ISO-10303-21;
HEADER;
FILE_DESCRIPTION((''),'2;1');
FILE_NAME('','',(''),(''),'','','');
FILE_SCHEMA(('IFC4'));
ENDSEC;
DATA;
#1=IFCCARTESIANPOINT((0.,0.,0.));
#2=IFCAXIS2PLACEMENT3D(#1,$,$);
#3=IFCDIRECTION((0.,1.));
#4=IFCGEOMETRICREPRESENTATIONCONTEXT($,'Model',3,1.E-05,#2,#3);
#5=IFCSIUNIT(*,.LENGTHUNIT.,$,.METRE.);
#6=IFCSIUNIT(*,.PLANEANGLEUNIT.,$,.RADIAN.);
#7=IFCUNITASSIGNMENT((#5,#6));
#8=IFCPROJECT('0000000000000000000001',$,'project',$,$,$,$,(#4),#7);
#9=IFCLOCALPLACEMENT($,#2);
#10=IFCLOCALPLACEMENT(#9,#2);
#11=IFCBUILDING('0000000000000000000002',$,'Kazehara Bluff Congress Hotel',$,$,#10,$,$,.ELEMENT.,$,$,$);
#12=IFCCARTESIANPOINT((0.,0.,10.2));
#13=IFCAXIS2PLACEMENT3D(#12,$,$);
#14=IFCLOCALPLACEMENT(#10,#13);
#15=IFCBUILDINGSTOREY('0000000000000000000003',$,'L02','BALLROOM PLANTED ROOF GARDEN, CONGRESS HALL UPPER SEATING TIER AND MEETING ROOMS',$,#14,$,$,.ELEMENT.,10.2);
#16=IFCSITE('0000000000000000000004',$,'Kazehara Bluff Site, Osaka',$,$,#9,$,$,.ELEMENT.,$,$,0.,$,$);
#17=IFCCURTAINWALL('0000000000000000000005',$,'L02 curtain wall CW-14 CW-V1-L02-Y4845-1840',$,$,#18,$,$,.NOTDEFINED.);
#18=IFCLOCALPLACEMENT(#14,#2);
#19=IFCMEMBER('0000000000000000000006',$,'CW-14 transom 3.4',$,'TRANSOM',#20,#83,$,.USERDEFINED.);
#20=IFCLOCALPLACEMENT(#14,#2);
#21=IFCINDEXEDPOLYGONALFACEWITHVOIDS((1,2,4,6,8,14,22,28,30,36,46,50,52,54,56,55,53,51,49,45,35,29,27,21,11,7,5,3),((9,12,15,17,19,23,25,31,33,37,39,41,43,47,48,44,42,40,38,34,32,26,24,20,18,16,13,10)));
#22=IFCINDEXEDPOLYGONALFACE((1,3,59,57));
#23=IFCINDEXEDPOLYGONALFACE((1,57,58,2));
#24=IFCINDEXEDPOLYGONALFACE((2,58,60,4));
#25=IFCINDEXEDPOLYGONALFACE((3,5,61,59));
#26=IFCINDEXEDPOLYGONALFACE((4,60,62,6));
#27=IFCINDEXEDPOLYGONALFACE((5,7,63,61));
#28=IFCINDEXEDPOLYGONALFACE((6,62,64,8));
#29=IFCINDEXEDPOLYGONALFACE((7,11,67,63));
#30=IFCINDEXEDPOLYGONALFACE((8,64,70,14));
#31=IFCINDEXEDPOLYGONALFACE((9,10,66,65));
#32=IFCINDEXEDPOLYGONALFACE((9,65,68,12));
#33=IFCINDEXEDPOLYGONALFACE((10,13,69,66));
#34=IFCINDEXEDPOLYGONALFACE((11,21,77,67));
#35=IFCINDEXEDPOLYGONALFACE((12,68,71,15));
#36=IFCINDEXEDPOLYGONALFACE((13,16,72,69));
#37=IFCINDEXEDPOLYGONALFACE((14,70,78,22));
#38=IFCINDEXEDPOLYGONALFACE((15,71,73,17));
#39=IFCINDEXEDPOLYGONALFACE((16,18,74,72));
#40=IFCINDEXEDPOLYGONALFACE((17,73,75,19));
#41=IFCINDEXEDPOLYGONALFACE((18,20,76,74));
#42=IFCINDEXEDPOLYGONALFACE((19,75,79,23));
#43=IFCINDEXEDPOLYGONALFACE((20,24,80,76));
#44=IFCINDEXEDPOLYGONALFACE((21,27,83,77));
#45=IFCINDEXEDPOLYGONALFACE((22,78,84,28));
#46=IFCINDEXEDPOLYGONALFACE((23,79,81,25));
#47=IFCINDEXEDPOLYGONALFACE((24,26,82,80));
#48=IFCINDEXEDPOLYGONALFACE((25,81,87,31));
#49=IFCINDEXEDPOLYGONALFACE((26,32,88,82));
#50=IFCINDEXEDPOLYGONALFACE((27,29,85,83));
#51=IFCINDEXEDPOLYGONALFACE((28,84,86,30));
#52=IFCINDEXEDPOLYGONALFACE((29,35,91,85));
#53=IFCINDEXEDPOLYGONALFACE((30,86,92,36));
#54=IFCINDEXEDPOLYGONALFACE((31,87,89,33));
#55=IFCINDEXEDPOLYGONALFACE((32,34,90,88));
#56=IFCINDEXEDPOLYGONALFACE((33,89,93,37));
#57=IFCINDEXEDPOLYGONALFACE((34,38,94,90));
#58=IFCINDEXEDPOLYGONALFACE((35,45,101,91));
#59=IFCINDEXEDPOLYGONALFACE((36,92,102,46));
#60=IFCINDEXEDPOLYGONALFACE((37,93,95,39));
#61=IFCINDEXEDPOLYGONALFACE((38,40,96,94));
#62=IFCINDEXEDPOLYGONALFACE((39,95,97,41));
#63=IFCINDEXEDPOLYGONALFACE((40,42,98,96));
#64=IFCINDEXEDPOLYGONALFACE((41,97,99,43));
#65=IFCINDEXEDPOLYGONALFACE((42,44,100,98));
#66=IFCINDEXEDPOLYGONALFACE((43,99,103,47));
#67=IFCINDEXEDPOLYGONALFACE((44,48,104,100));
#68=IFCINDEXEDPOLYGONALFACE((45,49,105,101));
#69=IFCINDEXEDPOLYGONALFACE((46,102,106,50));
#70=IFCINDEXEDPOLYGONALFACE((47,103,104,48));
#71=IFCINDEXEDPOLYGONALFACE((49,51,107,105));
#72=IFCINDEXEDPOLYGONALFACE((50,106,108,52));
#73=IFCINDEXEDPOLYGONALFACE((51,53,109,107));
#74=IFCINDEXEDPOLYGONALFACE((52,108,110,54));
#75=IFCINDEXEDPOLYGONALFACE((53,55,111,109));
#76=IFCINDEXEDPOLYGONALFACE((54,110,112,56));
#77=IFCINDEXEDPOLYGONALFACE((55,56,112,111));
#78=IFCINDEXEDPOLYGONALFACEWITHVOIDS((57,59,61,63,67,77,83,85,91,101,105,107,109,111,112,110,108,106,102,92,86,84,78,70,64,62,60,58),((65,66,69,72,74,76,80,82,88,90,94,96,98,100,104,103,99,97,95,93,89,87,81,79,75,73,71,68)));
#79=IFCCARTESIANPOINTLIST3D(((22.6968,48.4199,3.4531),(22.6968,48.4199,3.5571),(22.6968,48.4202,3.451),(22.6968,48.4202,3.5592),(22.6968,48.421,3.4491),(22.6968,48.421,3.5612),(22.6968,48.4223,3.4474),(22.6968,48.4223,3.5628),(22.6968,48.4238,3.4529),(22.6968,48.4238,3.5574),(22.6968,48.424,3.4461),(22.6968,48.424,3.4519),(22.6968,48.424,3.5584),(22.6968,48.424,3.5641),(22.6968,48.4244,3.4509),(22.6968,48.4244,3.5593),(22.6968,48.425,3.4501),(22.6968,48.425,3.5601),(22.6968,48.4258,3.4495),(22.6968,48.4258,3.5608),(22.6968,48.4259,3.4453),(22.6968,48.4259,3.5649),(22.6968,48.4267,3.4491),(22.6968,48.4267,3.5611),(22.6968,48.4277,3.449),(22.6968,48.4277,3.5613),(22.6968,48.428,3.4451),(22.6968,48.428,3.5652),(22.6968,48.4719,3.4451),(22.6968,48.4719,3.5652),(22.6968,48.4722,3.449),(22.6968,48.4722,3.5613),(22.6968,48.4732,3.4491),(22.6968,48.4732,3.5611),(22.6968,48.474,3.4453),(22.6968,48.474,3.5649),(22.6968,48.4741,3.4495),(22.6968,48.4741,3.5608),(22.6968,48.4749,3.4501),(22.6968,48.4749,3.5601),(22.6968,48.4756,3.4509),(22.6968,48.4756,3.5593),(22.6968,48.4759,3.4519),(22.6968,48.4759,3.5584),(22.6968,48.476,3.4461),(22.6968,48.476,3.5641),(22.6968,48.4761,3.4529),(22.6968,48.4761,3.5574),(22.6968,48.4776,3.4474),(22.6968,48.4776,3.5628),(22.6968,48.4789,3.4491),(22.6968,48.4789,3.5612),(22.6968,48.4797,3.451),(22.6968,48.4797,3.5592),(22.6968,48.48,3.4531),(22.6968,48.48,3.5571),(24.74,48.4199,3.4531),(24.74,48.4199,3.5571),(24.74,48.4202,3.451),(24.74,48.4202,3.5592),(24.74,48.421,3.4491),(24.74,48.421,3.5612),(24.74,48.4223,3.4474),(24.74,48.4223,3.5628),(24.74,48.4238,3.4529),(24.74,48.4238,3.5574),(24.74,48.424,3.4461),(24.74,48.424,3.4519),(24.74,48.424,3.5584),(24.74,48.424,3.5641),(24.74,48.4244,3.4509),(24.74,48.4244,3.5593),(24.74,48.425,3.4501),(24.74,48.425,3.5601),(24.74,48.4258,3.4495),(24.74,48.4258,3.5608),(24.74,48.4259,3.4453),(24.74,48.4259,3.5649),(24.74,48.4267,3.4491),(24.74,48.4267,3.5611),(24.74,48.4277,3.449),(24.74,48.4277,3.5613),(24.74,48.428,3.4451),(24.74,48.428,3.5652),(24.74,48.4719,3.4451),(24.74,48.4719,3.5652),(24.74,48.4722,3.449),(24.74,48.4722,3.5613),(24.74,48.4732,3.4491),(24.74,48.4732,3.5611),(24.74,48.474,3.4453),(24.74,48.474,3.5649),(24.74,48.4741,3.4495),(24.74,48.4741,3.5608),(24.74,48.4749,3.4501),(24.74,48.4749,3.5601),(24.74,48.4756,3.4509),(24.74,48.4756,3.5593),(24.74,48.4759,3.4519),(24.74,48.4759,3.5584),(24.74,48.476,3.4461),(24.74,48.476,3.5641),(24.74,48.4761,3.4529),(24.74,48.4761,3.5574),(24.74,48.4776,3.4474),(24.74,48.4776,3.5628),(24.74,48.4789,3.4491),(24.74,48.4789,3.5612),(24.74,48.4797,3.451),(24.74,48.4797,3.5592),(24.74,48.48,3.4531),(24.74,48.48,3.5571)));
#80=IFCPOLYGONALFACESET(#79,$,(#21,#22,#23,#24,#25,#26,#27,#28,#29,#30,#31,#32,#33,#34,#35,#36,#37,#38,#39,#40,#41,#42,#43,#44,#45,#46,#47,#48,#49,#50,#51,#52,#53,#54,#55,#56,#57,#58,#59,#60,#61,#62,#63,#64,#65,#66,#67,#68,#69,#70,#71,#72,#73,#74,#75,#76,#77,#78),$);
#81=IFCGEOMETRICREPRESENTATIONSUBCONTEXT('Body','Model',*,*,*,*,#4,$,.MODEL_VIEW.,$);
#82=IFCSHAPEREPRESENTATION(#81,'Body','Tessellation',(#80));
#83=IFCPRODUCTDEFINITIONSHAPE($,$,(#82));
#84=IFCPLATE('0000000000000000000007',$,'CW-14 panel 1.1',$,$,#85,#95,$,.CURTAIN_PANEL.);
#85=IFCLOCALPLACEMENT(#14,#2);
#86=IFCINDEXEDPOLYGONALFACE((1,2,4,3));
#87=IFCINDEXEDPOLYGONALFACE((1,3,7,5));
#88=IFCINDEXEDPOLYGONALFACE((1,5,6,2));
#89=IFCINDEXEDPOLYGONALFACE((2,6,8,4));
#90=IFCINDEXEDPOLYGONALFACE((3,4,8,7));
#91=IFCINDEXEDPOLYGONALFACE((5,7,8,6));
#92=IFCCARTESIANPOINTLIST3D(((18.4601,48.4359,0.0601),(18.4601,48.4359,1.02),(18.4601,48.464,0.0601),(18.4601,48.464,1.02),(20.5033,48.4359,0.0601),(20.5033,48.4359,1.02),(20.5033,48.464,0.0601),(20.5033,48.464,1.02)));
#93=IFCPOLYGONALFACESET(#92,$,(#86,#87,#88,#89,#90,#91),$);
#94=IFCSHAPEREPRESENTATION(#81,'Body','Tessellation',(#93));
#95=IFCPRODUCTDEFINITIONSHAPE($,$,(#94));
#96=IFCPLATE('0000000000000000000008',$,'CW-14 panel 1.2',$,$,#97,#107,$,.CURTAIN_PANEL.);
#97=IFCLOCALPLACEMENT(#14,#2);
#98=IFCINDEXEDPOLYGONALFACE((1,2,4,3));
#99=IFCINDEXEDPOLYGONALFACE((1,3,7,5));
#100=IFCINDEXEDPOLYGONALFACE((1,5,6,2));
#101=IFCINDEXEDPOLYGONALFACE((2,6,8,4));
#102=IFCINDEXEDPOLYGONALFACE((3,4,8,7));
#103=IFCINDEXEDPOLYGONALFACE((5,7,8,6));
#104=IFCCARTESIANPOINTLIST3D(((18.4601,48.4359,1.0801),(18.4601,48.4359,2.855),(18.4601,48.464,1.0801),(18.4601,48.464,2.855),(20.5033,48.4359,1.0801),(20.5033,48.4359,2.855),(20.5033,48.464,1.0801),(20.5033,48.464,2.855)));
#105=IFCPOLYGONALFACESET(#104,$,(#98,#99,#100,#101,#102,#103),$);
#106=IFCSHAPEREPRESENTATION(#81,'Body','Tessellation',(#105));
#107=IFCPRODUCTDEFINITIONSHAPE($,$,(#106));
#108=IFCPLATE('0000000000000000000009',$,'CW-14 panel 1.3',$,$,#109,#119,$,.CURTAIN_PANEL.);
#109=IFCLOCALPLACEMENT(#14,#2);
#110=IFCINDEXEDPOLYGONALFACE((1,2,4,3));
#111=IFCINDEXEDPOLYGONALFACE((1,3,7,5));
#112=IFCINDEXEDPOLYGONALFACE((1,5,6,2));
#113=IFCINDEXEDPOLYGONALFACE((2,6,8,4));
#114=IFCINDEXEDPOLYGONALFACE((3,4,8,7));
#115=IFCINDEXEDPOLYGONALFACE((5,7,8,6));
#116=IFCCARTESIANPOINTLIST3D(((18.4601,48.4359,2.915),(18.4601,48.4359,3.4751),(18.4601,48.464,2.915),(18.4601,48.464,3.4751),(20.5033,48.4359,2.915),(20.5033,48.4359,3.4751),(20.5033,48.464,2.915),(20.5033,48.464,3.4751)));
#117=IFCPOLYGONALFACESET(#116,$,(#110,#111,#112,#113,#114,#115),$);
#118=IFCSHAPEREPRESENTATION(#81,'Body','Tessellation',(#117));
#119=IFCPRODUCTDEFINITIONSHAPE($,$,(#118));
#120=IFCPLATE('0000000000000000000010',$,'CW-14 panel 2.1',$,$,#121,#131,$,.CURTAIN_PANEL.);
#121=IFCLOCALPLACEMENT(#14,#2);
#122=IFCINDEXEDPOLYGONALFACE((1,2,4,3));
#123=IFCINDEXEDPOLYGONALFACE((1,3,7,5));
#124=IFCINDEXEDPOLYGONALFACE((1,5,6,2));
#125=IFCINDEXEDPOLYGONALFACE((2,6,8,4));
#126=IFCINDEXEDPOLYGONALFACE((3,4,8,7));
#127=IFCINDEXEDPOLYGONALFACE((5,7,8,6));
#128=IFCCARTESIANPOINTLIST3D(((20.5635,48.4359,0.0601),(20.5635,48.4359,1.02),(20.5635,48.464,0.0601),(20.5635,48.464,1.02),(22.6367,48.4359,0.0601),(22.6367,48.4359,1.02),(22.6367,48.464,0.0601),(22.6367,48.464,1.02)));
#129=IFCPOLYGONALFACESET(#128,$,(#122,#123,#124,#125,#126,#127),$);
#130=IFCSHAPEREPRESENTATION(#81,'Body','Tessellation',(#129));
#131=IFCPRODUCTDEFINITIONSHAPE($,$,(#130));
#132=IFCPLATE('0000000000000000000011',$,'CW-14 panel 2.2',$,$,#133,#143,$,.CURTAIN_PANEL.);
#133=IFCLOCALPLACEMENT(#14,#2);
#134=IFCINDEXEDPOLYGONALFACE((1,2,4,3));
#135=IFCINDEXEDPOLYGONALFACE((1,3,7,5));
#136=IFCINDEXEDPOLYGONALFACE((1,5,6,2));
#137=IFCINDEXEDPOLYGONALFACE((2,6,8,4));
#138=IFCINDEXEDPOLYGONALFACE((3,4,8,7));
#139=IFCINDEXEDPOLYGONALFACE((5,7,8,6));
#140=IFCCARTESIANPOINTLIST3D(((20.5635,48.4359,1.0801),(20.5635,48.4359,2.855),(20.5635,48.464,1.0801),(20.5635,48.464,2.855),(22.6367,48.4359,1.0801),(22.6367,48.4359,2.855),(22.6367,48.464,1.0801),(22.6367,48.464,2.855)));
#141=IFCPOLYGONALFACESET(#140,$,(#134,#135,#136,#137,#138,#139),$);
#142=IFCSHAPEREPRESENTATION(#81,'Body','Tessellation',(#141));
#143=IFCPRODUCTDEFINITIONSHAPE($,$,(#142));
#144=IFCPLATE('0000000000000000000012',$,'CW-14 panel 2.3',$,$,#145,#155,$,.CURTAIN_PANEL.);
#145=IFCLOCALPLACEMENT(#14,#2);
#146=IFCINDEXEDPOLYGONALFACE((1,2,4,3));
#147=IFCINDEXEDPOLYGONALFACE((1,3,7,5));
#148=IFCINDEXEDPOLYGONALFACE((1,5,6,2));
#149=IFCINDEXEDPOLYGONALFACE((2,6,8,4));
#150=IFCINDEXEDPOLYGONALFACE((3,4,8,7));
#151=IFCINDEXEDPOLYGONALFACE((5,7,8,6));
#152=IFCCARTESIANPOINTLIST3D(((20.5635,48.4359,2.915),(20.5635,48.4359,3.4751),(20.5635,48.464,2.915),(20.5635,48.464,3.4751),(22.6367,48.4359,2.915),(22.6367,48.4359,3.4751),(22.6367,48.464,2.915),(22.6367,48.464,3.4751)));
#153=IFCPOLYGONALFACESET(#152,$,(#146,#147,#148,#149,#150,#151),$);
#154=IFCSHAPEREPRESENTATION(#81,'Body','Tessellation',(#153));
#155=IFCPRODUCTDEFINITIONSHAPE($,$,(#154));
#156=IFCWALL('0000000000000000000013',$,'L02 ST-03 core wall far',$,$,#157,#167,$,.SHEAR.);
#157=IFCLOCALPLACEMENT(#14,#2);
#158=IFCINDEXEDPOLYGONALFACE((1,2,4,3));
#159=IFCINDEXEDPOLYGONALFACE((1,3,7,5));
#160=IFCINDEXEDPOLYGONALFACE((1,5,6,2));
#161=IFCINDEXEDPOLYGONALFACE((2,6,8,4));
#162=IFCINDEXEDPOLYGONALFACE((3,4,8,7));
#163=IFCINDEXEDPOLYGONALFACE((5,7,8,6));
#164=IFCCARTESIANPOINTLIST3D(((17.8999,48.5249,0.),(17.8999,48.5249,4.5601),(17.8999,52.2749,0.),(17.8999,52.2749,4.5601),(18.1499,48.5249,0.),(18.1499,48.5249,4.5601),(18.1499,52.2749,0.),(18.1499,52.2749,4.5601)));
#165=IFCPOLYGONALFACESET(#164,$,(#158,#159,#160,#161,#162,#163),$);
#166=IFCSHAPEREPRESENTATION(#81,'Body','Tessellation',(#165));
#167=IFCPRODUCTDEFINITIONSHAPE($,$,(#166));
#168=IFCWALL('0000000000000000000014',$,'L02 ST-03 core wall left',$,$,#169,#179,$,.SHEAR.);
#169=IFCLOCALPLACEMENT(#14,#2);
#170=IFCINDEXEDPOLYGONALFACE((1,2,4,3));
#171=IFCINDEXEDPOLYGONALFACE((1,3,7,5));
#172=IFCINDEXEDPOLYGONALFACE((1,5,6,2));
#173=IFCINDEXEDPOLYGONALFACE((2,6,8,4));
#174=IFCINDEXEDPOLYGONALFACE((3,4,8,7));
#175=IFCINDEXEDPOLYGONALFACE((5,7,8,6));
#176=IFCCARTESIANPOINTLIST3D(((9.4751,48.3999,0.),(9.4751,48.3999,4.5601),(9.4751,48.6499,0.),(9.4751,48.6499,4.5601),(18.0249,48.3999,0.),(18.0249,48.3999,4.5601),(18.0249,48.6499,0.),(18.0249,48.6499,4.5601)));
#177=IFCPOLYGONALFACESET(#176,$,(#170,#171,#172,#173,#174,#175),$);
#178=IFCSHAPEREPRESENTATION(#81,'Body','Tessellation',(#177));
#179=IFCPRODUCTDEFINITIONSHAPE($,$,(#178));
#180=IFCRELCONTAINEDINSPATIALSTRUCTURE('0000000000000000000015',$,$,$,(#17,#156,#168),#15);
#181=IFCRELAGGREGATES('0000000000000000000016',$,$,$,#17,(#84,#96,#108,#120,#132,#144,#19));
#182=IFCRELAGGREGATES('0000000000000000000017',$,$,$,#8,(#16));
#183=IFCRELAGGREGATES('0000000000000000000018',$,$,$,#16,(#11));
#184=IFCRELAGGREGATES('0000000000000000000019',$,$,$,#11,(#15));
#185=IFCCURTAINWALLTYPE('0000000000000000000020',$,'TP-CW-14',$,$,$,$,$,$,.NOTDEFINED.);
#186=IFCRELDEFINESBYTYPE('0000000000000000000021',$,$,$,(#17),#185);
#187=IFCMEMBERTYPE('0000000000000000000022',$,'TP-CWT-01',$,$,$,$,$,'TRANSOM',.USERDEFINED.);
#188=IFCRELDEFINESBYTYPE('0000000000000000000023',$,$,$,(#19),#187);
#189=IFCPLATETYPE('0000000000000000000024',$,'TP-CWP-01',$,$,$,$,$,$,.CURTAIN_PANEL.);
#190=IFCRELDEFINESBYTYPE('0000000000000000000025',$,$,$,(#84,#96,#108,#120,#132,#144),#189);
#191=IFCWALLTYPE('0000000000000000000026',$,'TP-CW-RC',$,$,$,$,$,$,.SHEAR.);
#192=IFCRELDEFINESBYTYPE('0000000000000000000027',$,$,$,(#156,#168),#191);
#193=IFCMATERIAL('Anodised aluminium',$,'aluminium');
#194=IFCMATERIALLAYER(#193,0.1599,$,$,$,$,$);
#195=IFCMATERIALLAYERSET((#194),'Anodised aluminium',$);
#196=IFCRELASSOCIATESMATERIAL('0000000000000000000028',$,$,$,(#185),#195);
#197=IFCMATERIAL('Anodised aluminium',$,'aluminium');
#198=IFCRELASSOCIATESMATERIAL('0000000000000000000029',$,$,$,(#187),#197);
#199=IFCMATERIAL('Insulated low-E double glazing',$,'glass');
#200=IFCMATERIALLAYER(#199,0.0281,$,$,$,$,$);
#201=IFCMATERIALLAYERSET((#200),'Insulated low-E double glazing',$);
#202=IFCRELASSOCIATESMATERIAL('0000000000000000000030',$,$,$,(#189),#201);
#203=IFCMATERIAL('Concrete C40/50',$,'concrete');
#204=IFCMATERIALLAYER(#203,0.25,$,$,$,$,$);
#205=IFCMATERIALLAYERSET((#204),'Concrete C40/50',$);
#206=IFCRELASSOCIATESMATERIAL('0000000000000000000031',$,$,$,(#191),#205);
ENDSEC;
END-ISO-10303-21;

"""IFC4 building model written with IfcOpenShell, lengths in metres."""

from ifc_helpers import new_model, si_unit, direction, frame, frame_2d, origin, origin_2d, place, context, subcontext, project, spatial, rectangle, hollow_rectangle, extrude, material, layer, layer_set, material_profile, profile_set, type_object, element, aggregate, save


model = new_model("IFC4")

# Units and contexts
model_context = context("Model", 3, precision=1e-05, world=origin(), true_north=direction((0.0, 1.0)))
body_context = subcontext(model_context, "Body", "Model", "MODEL_VIEW")
ifc_project = project(units=[si_unit("LENGTHUNIT", "METRE"), si_unit("PLANEANGLEUNIT", "RADIAN")], contexts=[model_context])

# Site, building, storey
site_placement = place(None, origin())
site = spatial("IfcSite", under=ifc_project, at=site_placement, Name="Kazehara Bluff Site, Osaka", CompositionType="ELEMENT", RefElevation=0.0)
building_placement = place(site_placement, origin())
building = spatial("IfcBuilding", under=site, at=building_placement, Name="Kazehara Bluff Congress Hotel", CompositionType="ELEMENT")
storey_placement = place(building_placement, frame((0.0, 0.0, 10.2)))
storey = spatial("IfcBuildingStorey", under=building, at=storey_placement, Name="L02", Description="BALLROOM PLANTED ROOF GARDEN, CONGRESS HALL UPPER SEATING TIER AND MEETING ROOMS", CompositionType="ELEMENT", Elevation=10.2)

# Curtain wall, member, plates
ifc_material_1 = material(Name="Anodised aluminium", Category="aluminium")
ifc_layer_1 = layer(ifc_material_1, 0.1599)
ifc_layer_set_1 = layer_set([ifc_layer_1], Name="Anodised aluminium")
curtain_wall_type = type_object("IfcCurtainWallType", Name="TP-CW-14", PredefinedType="NOTDEFINED", material=ifc_layer_set_1)
curtain_wall_placement = place(storey_placement, origin())
curtain_wall = element("IfcCurtainWall", 1, at=curtain_wall_placement, inside=storey, type_object=curtain_wall_type, Name="L02 curtain wall CW-14 CW-V1-L02-Y4845-1840", PredefinedType="NOTDEFINED")
ifc_material_2 = material(Name="Anodised aluminium", Category="aluminium")
ifc_material_profile_1 = material_profile(ifc_material_2, hollow_rectangle(XDim=0.0601, YDim=0.1201, WallThickness=0.0039, InnerFilletRadius=0.0039, OuterFilletRadius=0.0081, at=origin_2d()))
ifc_profile_set_1 = profile_set([ifc_material_profile_1], Name="Anodised aluminium")
member_type_1 = type_object("IfcMemberType", Name="TP-CWT-01", ElementType="TRANSOM", PredefinedType="USERDEFINED", material=ifc_profile_set_1)
member_1_placement = place(storey_placement, frame((22.6968, 48.45, 3.5051), z_axis=(1.0, 0.0, 0.0), x_axis=(0.0, 1.0, 0.0)))
member_1 = element("IfcMember", 2, at=member_1_placement, type_object=member_type_1, Name="CW-14 transom 3.4", ObjectType="TRANSOM", PredefinedType="USERDEFINED", context=body_context, shape_type="SweptSolid", body=[
    extrude(hollow_rectangle(XDim=0.0601, YDim=0.1201, WallThickness=0.0039, InnerFilletRadius=0.0039, OuterFilletRadius=0.0081, at=origin_2d()), origin(), (0.0, 0.0, 1.0), 2.0432),
])
ifc_material_3 = material(Name="Insulated low-E double glazing", Category="glass")
ifc_layer_2 = layer(ifc_material_3, 0.0281)
ifc_layer_set_2 = layer_set([ifc_layer_2], Name="Insulated low-E double glazing")
plate_type = type_object("IfcPlateType", Name="TP-CWP-01", PredefinedType="CURTAIN_PANEL", material=ifc_layer_set_2)
plate_1_placement = place(storey_placement, frame((19.4817, 48.45, 0.0601), z_axis=(0.0, 0.0, 1.0), x_axis=(1.0, 0.0, 0.0)))
plate_1 = element("IfcPlate", 3, at=plate_1_placement, type_object=plate_type, Name="CW-14 panel 1.1", PredefinedType="CURTAIN_PANEL", context=body_context, shape_type="SweptSolid", body=[
    extrude(rectangle(XDim=2.0432, YDim=0.0281, at=origin_2d()), origin(), (0.0, 0.0, 1.0), 0.96),
])
plate_2_placement = place(storey_placement, frame((19.4817, 48.45, 1.0801), z_axis=(0.0, 0.0, 1.0), x_axis=(1.0, 0.0, 0.0)))
plate_2 = element("IfcPlate", 4, at=plate_2_placement, type_object=plate_type, Name="CW-14 panel 1.2", PredefinedType="CURTAIN_PANEL", context=body_context, shape_type="SweptSolid", body=[
    extrude(rectangle(XDim=2.0432, YDim=0.0281, at=origin_2d()), origin(), (0.0, 0.0, 1.0), 1.7749),
])
plate_3_placement = place(storey_placement, frame((19.4817, 48.45, 2.915), z_axis=(0.0, 0.0, 1.0), x_axis=(1.0, 0.0, 0.0)))
plate_3 = element("IfcPlate", 5, at=plate_3_placement, type_object=plate_type, Name="CW-14 panel 1.3", PredefinedType="CURTAIN_PANEL", context=body_context, shape_type="SweptSolid", body=[
    extrude(rectangle(XDim=2.0432, YDim=0.0281, at=origin_2d()), origin(), (0.0, 0.0, 1.0), 0.5601),
])
plate_4_placement = place(storey_placement, frame((21.6001, 48.45, 0.0601), z_axis=(0.0, 0.0, 1.0), x_axis=(1.0, 0.0, 0.0)))
plate_4 = element("IfcPlate", 6, at=plate_4_placement, type_object=plate_type, Name="CW-14 panel 2.1", PredefinedType="CURTAIN_PANEL", context=body_context, shape_type="SweptSolid", body=[
    extrude(rectangle(XDim=2.0732, YDim=0.0281, at=origin_2d()), origin(), (0.0, 0.0, 1.0), 0.96),
])
plate_5_placement = place(storey_placement, frame((21.6001, 48.45, 1.0801), z_axis=(0.0, 0.0, 1.0), x_axis=(1.0, 0.0, 0.0)))
plate_5 = element("IfcPlate", 7, at=plate_5_placement, type_object=plate_type, Name="CW-14 panel 2.2", PredefinedType="CURTAIN_PANEL", context=body_context, shape_type="SweptSolid", body=[
    extrude(rectangle(XDim=2.0732, YDim=0.0281, at=origin_2d()), origin(), (0.0, 0.0, 1.0), 1.7749),
])
plate_6_placement = place(storey_placement, frame((21.6001, 48.45, 2.915), z_axis=(0.0, 0.0, 1.0), x_axis=(1.0, 0.0, 0.0)))
plate_6 = element("IfcPlate", 8, at=plate_6_placement, type_object=plate_type, Name="CW-14 panel 2.3", PredefinedType="CURTAIN_PANEL", context=body_context, shape_type="SweptSolid", body=[
    extrude(rectangle(XDim=2.0732, YDim=0.0281, at=origin_2d()), origin(), (0.0, 0.0, 1.0), 0.5601),
])
aggregate(curtain_wall, [plate_1, plate_2, plate_3, plate_4, plate_5, plate_6, member_1])

# Walls
ifc_material_4 = material(Name="Concrete C40/50", Category="concrete")
ifc_layer_3 = layer(ifc_material_4, 0.25)
ifc_layer_set_3 = layer_set([ifc_layer_3], Name="Concrete C40/50")
wall_type_1 = type_object("IfcWallType", Name="TP-CW-RC", PredefinedType="SHEAR", material=ifc_layer_set_3)
wall_1_placement = place(storey_placement, frame((18.0249, 52.2749, 0.0), z_axis=(0.0, 0.0, 1.0), x_axis=(0.0, -1.0, 0.0)))
element("IfcWall", 9, at=wall_1_placement, inside=storey, type_object=wall_type_1, Name="L02 ST-03 core wall far", PredefinedType="SHEAR", context=body_context, shape_type="SweptSolid", body=[
    extrude(rectangle(XDim=3.75, YDim=0.25, at=frame_2d((1.875, 0.0))), origin(), (0.0, 0.0, 1.0), 4.5601),
])
wall_2_placement = place(storey_placement, frame((18.0249, 48.5249, 0.0), z_axis=(0.0, 0.0, 1.0), x_axis=(-1.0, 0.0, 0.0)))
element("IfcWall", 10, at=wall_2_placement, inside=storey, type_object=wall_type_1, Name="L02 ST-03 core wall left", PredefinedType="SHEAR", context=body_context, shape_type="SweptSolid", body=[
    extrude(rectangle(XDim=8.5498, YDim=0.25, at=frame_2d((4.2749, 0.0))), origin(), (0.0, 0.0, 1.0), 4.5601),
])

save(model, "model.ifc")
